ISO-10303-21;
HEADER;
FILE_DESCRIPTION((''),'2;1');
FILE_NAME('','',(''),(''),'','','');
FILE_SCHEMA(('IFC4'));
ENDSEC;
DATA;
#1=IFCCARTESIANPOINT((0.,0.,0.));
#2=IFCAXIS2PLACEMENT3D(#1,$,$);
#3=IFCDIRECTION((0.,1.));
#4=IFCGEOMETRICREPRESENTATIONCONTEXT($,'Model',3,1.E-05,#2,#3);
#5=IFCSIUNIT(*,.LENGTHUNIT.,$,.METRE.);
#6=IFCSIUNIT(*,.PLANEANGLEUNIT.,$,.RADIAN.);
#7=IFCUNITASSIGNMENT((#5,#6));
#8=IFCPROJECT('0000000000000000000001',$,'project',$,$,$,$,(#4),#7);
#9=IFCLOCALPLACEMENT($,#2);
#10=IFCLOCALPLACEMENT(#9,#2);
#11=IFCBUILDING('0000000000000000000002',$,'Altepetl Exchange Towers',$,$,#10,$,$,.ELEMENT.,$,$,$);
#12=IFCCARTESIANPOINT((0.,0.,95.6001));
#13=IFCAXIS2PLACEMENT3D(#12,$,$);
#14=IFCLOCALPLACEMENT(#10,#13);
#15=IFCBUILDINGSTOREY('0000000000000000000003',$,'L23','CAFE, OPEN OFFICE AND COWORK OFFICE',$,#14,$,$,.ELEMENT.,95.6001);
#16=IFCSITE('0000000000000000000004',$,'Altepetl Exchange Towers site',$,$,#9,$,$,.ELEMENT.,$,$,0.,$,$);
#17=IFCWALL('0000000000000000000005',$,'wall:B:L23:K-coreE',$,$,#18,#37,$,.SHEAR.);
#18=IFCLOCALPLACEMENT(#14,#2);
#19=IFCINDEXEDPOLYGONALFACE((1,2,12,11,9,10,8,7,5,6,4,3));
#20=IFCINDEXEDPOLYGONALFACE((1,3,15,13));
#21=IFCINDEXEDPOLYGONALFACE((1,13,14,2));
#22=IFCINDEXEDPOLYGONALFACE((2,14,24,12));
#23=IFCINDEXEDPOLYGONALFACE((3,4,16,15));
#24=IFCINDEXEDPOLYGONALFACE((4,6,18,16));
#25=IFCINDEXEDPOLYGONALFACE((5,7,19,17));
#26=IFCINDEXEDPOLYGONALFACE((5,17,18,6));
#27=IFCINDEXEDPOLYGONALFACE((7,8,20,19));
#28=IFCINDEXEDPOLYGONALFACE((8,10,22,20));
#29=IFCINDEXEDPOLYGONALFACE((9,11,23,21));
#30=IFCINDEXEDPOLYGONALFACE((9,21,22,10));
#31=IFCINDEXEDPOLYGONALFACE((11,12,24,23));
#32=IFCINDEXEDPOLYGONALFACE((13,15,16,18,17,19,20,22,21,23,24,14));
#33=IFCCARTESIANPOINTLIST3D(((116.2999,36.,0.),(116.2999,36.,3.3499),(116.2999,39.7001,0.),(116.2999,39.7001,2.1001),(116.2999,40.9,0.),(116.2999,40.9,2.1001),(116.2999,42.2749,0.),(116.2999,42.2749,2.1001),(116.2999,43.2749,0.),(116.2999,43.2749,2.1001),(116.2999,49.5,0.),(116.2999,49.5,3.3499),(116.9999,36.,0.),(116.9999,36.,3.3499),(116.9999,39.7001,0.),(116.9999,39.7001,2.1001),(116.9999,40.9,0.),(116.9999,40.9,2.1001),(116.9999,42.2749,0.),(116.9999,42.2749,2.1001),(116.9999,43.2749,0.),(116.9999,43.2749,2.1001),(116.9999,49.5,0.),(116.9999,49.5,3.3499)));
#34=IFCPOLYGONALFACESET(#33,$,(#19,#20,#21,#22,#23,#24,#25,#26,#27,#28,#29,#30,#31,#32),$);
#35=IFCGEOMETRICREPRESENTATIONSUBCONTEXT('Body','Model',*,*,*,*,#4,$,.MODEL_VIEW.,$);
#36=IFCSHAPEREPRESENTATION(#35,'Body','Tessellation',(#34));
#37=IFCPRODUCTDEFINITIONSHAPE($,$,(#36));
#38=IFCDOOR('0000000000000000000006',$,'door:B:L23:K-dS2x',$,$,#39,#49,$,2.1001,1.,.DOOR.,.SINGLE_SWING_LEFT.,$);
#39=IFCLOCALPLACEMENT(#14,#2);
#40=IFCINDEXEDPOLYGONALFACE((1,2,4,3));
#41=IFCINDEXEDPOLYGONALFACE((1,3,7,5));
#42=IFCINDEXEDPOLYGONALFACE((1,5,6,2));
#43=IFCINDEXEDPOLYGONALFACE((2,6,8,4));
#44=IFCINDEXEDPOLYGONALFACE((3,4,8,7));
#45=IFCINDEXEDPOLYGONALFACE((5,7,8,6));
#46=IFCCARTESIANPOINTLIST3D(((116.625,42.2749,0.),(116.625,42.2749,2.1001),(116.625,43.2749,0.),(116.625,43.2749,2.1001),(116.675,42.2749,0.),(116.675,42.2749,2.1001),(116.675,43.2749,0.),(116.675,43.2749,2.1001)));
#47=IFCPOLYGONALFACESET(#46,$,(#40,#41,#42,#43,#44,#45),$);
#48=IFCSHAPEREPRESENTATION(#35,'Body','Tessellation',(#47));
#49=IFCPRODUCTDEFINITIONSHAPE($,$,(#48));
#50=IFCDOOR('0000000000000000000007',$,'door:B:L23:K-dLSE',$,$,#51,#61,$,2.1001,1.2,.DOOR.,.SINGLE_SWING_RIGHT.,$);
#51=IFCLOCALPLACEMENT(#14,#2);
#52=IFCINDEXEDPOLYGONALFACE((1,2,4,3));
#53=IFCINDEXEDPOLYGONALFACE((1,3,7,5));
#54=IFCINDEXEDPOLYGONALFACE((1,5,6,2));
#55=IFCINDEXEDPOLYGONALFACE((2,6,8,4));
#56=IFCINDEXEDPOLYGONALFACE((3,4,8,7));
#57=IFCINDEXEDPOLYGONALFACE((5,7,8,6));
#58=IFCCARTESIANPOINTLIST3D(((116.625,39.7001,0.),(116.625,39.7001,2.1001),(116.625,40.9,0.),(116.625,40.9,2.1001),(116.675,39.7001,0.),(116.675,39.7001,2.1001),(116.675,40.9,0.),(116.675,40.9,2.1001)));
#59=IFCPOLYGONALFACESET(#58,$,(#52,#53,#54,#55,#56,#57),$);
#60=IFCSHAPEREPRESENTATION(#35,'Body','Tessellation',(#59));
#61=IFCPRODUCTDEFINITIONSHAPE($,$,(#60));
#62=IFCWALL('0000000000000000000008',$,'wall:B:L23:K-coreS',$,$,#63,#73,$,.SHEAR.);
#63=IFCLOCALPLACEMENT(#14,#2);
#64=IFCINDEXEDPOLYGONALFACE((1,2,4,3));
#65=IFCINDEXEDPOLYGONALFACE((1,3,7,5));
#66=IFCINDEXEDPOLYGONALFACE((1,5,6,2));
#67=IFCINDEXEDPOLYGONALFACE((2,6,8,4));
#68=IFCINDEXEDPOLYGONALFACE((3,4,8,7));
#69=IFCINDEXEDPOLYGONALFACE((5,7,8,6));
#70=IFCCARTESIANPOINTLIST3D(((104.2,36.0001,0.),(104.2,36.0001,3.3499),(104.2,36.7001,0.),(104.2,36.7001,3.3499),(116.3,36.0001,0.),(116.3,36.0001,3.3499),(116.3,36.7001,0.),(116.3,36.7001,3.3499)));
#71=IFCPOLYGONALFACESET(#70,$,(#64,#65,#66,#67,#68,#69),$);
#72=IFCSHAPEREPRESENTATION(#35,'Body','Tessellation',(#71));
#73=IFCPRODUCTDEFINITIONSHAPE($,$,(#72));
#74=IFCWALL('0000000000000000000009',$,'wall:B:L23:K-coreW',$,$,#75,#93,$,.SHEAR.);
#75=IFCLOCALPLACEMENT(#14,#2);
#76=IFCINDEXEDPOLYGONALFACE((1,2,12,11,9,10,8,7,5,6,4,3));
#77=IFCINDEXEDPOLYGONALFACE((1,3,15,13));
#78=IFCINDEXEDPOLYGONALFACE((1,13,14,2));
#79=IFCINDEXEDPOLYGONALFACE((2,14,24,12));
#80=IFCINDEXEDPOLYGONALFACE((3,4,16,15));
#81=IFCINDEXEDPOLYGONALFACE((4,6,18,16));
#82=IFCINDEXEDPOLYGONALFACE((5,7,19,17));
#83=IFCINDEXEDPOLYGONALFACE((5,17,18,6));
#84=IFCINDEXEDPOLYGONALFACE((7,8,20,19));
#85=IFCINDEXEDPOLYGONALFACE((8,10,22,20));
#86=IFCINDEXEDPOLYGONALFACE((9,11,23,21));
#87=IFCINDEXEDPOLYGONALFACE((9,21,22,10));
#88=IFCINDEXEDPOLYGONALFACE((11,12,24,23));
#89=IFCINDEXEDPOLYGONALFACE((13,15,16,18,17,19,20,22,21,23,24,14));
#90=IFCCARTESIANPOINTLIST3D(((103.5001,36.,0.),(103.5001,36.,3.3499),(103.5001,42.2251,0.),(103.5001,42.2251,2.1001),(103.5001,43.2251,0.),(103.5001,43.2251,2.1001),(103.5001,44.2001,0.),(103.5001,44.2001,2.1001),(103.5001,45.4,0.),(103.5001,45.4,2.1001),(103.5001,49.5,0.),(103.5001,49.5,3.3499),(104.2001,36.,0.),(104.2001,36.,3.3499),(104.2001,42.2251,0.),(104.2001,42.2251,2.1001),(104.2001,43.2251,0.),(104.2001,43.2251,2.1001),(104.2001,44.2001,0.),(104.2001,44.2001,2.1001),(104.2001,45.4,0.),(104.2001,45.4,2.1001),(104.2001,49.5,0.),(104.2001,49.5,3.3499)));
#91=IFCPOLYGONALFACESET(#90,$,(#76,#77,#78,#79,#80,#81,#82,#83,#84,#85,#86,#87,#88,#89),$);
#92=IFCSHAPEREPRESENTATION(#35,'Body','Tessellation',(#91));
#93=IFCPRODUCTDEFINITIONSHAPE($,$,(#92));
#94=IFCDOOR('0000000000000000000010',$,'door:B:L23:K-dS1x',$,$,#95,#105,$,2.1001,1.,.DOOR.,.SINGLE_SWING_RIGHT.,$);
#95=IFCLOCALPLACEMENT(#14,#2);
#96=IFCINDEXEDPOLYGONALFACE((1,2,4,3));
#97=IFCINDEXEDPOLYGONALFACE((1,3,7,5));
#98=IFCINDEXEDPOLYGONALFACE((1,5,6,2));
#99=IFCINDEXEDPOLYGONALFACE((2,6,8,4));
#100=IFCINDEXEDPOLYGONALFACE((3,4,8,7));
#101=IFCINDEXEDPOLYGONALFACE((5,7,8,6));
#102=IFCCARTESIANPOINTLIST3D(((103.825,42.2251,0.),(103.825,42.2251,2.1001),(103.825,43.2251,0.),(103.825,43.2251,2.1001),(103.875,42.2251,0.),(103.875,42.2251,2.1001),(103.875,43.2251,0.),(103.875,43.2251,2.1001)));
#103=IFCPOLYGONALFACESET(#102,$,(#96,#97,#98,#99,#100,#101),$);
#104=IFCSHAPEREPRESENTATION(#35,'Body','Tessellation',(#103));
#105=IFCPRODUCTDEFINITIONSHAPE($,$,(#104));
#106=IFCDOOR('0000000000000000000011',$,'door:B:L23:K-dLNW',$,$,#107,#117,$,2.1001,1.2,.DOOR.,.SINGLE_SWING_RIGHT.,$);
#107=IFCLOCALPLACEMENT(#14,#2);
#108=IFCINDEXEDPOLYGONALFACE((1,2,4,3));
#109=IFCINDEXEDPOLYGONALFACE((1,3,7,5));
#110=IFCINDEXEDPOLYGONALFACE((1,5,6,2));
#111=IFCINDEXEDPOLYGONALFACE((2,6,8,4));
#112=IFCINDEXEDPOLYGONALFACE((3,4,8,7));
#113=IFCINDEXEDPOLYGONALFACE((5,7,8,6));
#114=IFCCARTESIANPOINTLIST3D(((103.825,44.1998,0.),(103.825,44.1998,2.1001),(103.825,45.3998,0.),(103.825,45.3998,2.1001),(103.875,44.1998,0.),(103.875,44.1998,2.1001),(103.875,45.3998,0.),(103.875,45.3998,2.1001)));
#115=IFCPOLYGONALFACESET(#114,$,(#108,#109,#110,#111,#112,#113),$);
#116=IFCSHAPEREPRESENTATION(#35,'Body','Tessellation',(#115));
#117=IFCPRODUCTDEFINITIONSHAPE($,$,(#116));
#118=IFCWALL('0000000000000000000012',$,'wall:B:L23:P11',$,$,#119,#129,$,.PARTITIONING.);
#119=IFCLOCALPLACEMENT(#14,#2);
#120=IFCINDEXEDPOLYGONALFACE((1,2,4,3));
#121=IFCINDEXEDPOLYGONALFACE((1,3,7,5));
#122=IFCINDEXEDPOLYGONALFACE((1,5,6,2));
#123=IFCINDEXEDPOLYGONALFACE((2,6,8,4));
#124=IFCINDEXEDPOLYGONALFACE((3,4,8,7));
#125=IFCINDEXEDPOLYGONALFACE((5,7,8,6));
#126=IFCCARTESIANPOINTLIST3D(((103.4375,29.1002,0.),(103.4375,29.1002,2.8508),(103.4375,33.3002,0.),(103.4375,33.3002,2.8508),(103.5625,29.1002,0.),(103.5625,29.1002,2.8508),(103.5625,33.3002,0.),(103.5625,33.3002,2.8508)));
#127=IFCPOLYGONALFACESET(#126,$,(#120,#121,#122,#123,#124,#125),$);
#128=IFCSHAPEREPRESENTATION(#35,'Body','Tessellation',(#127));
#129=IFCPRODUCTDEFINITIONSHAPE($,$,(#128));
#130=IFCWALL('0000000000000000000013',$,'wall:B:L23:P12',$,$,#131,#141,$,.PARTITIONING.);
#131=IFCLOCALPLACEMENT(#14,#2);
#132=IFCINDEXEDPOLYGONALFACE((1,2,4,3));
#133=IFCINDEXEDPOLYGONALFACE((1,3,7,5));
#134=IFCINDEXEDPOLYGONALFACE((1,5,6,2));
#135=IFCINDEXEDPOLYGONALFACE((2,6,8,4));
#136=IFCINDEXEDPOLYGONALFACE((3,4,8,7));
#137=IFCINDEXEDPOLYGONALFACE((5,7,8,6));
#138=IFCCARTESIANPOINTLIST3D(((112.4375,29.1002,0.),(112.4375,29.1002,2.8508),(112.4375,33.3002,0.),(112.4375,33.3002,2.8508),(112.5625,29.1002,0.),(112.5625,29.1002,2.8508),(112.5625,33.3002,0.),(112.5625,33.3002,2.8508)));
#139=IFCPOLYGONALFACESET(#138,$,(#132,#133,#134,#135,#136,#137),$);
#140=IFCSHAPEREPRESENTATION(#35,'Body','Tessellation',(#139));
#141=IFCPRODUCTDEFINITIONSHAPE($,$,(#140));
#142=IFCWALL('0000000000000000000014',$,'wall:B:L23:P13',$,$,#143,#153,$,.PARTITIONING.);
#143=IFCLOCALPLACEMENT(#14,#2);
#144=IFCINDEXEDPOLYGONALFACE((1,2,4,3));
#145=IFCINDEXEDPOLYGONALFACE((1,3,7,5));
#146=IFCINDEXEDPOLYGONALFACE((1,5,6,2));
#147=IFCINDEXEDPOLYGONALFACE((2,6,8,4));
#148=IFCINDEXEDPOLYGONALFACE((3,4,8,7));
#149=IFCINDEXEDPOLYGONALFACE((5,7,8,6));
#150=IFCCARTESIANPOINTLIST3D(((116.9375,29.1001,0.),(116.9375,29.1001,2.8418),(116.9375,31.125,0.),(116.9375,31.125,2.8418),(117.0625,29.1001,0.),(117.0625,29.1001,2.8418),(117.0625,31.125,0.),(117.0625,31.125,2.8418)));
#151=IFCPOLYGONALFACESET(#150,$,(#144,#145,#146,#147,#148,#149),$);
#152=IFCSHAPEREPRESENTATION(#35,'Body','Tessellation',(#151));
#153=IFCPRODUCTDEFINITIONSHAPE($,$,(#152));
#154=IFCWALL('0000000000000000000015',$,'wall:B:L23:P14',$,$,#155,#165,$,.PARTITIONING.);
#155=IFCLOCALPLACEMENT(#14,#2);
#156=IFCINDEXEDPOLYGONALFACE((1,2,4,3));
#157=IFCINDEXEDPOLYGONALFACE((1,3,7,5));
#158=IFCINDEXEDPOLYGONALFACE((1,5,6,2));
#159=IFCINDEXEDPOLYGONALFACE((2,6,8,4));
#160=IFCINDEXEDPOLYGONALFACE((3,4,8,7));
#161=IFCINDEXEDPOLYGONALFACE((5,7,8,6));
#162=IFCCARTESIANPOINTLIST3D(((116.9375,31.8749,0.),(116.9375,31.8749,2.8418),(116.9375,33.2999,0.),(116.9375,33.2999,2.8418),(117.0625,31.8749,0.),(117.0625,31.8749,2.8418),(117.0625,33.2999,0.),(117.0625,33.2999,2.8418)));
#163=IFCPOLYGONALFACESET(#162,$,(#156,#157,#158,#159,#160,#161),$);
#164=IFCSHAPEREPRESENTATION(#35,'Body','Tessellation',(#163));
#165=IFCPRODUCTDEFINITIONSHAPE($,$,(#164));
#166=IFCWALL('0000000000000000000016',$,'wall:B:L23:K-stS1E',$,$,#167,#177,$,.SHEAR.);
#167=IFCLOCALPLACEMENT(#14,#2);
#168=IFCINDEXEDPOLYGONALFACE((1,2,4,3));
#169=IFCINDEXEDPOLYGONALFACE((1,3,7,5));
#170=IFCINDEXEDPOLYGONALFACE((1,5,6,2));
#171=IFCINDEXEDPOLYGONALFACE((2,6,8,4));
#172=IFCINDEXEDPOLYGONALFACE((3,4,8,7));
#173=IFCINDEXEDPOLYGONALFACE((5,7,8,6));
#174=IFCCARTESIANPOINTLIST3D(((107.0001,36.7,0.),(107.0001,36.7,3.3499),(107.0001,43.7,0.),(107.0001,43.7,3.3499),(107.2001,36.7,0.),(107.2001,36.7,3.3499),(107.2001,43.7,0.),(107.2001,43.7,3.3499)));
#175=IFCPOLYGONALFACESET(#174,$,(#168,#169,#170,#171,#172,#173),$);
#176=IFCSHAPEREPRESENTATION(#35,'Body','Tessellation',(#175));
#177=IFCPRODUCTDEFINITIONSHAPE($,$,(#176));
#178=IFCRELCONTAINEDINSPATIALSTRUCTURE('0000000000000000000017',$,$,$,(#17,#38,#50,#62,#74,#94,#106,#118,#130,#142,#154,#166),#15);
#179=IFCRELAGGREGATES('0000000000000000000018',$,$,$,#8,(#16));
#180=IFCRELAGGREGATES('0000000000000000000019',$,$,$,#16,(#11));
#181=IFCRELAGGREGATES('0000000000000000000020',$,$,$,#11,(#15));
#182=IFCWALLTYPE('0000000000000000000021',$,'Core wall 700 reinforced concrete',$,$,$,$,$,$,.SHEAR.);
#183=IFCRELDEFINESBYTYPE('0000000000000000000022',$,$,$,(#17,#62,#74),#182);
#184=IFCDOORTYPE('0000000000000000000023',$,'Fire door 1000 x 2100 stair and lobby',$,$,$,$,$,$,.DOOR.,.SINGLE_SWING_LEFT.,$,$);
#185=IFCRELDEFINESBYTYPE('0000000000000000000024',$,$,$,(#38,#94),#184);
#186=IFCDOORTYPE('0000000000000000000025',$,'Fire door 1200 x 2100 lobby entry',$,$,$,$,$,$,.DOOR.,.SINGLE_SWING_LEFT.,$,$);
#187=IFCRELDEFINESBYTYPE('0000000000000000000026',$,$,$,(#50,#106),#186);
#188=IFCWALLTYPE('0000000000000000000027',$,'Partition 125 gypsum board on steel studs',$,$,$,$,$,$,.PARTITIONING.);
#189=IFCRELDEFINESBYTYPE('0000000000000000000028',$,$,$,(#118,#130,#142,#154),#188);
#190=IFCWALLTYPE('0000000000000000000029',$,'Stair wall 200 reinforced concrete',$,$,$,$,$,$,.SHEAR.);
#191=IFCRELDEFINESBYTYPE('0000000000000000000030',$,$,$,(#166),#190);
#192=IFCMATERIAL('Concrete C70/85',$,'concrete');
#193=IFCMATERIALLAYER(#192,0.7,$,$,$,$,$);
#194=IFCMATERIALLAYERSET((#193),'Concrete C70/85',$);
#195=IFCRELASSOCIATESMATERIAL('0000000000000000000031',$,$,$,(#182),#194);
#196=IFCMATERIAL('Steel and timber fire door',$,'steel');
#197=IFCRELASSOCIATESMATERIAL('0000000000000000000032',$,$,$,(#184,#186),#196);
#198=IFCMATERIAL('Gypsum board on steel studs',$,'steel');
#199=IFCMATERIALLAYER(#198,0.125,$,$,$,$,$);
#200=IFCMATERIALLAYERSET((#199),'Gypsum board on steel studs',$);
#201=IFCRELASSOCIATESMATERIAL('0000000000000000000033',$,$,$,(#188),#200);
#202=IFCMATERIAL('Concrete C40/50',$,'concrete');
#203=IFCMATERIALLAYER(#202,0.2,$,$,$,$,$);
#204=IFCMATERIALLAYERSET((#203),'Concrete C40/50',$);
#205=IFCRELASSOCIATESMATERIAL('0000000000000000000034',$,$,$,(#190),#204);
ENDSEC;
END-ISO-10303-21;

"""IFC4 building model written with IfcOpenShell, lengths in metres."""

from ifc_helpers import new_model, si_unit, direction, frame, frame_2d, origin, place, context, subcontext, project, spatial, rectangle, extrude, material, layer, layer_set, type_object, element, fill, save


model = new_model("IFC4")

# Units and contexts
model_context = context("Model", 3, precision=1e-05, world=origin(), true_north=direction((0.0, 1.0)))
body_context = subcontext(model_context, "Body", "Model", "MODEL_VIEW")
ifc_project = project(units=[si_unit("LENGTHUNIT", "METRE"), si_unit("PLANEANGLEUNIT", "RADIAN")], contexts=[model_context])

# Site, building, storey
site_placement = place(None, origin())
site = spatial("IfcSite", under=ifc_project, at=site_placement, Name="Altepetl Exchange Towers site", CompositionType="ELEMENT", RefElevation=0.0)
building_placement = place(site_placement, origin())
building = spatial("IfcBuilding", under=site, at=building_placement, Name="Altepetl Exchange Towers", CompositionType="ELEMENT")
storey_placement = place(building_placement, frame((0.0, 0.0, 95.6001)))
storey = spatial("IfcBuildingStorey", under=building, at=storey_placement, Name="L23", Description="CAFE, OPEN OFFICE AND COWORK OFFICE", CompositionType="ELEMENT", Elevation=95.6001)

# Shared definitions
ifc_material_1 = material(Name="Concrete C70/85", Category="concrete")

# Wall, openings, doors
ifc_layer_1 = layer(ifc_material_1, 0.7)
ifc_layer_set_1 = layer_set([ifc_layer_1], Name="Concrete C70/85")
wall_type_1 = type_object("IfcWallType", Name="Core wall 700 reinforced concrete", PredefinedType="SHEAR", material=ifc_layer_set_1)
wall_1_placement = place(storey_placement, frame((116.6499, 36.0, 0.0), z_axis=(0.0, 0.0, 1.0), x_axis=(0.0, 1.0, 0.0)))
wall_1 = element("IfcWall", 1, at=wall_1_placement, inside=storey, type_object=wall_type_1, Name="wall:B:L23:K-coreE", PredefinedType="SHEAR", context=body_context, shape_type="SweptSolid", body=[
    extrude(rectangle(XDim=13.5, YDim=0.7, at=frame_2d((6.75, 0.0))), origin(), (0.0, 0.0, 1.0), 3.3499),
])
opening_1_placement = place(wall_1_placement, frame((3.7, 0.0, 0.0)))
opening_1 = element("IfcOpeningElement", 2, at=opening_1_placement, cuts=wall_1, PredefinedType="OPENING", context=body_context, shape_type="SweptSolid", body=[
    extrude(rectangle(XDim=1.2, YDim=2.1001, at=frame_2d((0.6001, 1.05))), frame((0.0, 0.3599, 0.0), z_axis=(0.0, -1.0, 0.0), x_axis=(1.0, 0.0, 0.0)), (0.0, 0.0, 1.0), 0.72),
])
opening_2_placement = place(wall_1_placement, frame((6.2749, 0.0, 0.0)))
opening_2 = element("IfcOpeningElement", 3, at=opening_2_placement, cuts=wall_1, PredefinedType="OPENING", context=body_context, shape_type="SweptSolid", body=[
    extrude(rectangle(XDim=1.0, YDim=2.1001, at=frame_2d((0.5, 1.05))), frame((0.0, 0.3599, 0.0), z_axis=(0.0, -1.0, 0.0), x_axis=(1.0, 0.0, 0.0)), (0.0, 0.0, 1.0), 0.72),
])
ifc_material_2 = material(Name="Steel and timber fire door", Category="steel")
door_type_1 = type_object("IfcDoorType", Name="Fire door 1000 x 2100 stair and lobby", OperationType="SINGLE_SWING_LEFT", PredefinedType="DOOR", material=ifc_material_2)
door_1_placement = place(opening_2_placement, origin())
door_1 = element("IfcDoor", 4, at=door_1_placement, inside=storey, type_object=door_type_1, Name="door:B:L23:K-dS2x", OperationType="SINGLE_SWING_LEFT", OverallHeight=2.1001, OverallWidth=1.0, PredefinedType="DOOR", context=body_context, shape_type="SweptSolid", body=[
    extrude(rectangle(XDim=1.0, YDim=2.1001, at=frame_2d((0.5, 1.05))), frame((0.0, 0.0249, 0.0), z_axis=(0.0, -1.0, 0.0), x_axis=(1.0, 0.0, 0.0)), (0.0, 0.0, 1.0), 0.05),
])
fill(opening_2, door_1)
door_type_2 = type_object("IfcDoorType", Name="Fire door 1200 x 2100 lobby entry", OperationType="SINGLE_SWING_LEFT", PredefinedType="DOOR", material=ifc_material_2)
door_2_placement = place(opening_1_placement, origin())
door_2 = element("IfcDoor", 5, at=door_2_placement, inside=storey, type_object=door_type_2, Name="door:B:L23:K-dLSE", OperationType="SINGLE_SWING_RIGHT", OverallHeight=2.1001, OverallWidth=1.2, PredefinedType="DOOR", context=body_context, shape_type="SweptSolid", body=[
    extrude(rectangle(XDim=1.2, YDim=2.1001, at=frame_2d((0.6001, 1.05))), frame((0.0, 0.0249, 0.0), z_axis=(0.0, -1.0, 0.0), x_axis=(1.0, 0.0, 0.0)), (0.0, 0.0, 1.0), 0.05),
])
fill(opening_1, door_2)

# Wall
wall_2_placement = place(storey_placement, frame((104.2, 36.3501, 0.0)))
element("IfcWall", 6, at=wall_2_placement, inside=storey, type_object=wall_type_1, Name="wall:B:L23:K-coreS", PredefinedType="SHEAR", context=body_context, shape_type="SweptSolid", body=[
    extrude(rectangle(XDim=12.1001, YDim=0.7, at=frame_2d((6.05, 0.0))), origin(), (0.0, 0.0, 1.0), 3.3499),
])

# Wall, openings, doors
wall_3_placement = place(storey_placement, frame((103.8501, 36.0, 0.0), z_axis=(0.0, 0.0, 1.0), x_axis=(0.0, 1.0, 0.0)))
wall_3 = element("IfcWall", 7, at=wall_3_placement, inside=storey, type_object=wall_type_1, Name="wall:B:L23:K-coreW", PredefinedType="SHEAR", context=body_context, shape_type="SweptSolid", body=[
    extrude(rectangle(XDim=13.5, YDim=0.7, at=frame_2d((6.75, 0.0))), origin(), (0.0, 0.0, 1.0), 3.3499),
])
opening_3_placement = place(wall_3_placement, frame((8.2, 0.0, 0.0)))
opening_3 = element("IfcOpeningElement", 8, at=opening_3_placement, cuts=wall_3, PredefinedType="OPENING", context=body_context, shape_type="SweptSolid", body=[
    extrude(rectangle(XDim=1.2, YDim=2.1001, at=frame_2d((0.6001, 1.05))), frame((0.0, 0.3599, 0.0), z_axis=(0.0, -1.0, 0.0), x_axis=(1.0, 0.0, 0.0)), (0.0, 0.0, 1.0), 0.72),
])
opening_4_placement = place(wall_3_placement, frame((6.2251, 0.0, 0.0)))
opening_4 = element("IfcOpeningElement", 9, at=opening_4_placement, cuts=wall_3, PredefinedType="OPENING", context=body_context, shape_type="SweptSolid", body=[
    extrude(rectangle(XDim=1.0, YDim=2.1001, at=frame_2d((0.5, 1.05))), frame((0.0, 0.3599, 0.0), z_axis=(0.0, -1.0, 0.0), x_axis=(1.0, 0.0, 0.0)), (0.0, 0.0, 1.0), 0.72),
])
door_3_placement = place(opening_4_placement, frame((1.0, 0.0, 0.0), x_axis=(-1.0, 0.0, 0.0)))
door_3 = element("IfcDoor", 10, at=door_3_placement, inside=storey, type_object=door_type_1, Name="door:B:L23:K-dS1x", OperationType="SINGLE_SWING_RIGHT", OverallHeight=2.1001, OverallWidth=1.0, PredefinedType="DOOR", context=body_context, shape_type="SweptSolid", body=[
    extrude(rectangle(XDim=1.0, YDim=2.1001, at=frame_2d((0.5, 1.05))), frame((0.0, 0.0249, 0.0), z_axis=(0.0, -1.0, 0.0), x_axis=(1.0, 0.0, 0.0)), (0.0, 0.0, 1.0), 0.05),
])
fill(opening_4, door_3)
door_4_placement = place(opening_3_placement, frame((1.2, 0.0, 0.0), x_axis=(-1.0, 0.0, 0.0)))
door_4 = element("IfcDoor", 11, at=door_4_placement, inside=storey, type_object=door_type_2, Name="door:B:L23:K-dLNW", OperationType="SINGLE_SWING_RIGHT", OverallHeight=2.1001, OverallWidth=1.2, PredefinedType="DOOR", context=body_context, shape_type="SweptSolid", body=[
    extrude(rectangle(XDim=1.2, YDim=2.1001, at=frame_2d((0.6001, 1.05))), frame((0.0, 0.0249, 0.0), z_axis=(0.0, -1.0, 0.0), x_axis=(1.0, 0.0, 0.0)), (0.0, 0.0, 1.0), 0.05),
])
fill(opening_3, door_4)

# Walls
ifc_material_3 = material(Name="Gypsum board on steel studs", Category="steel")
ifc_layer_2 = layer(ifc_material_3, 0.125)
ifc_layer_set_2 = layer_set([ifc_layer_2], Name="Gypsum board on steel studs")
wall_type_2 = type_object("IfcWallType", Name="Partition 125 gypsum board on steel studs", PredefinedType="PARTITIONING", material=ifc_layer_set_2)
for number, where, z_axis, x_axis, name in (
    (12, (103.5, 29.1001, 0.0), (0.0, 0.0, 1.0), (0.0, 1.0, 0.0), "wall:B:L23:P11"),
    (13, (112.5, 29.1001, 0.0), (0.0, 0.0, 1.0), (0.0, 1.0, 0.0), "wall:B:L23:P12"),
):
    element("IfcWall", number, at=place(storey_placement, frame(where, z_axis=z_axis, x_axis=x_axis)), inside=storey, type_object=wall_type_2, Name=name, PredefinedType="PARTITIONING", context=body_context, shape_type="SweptSolid", body=[
        extrude(rectangle(XDim=4.2, YDim=0.125, at=frame_2d((2.1001, 0.0))), origin(), (0.0, 0.0, 1.0), 2.8508),
    ])
wall_4_placement = place(storey_placement, frame((117.0, 29.1001, 0.0), z_axis=(0.0, 0.0, 1.0), x_axis=(0.0, 1.0, 0.0)))
element("IfcWall", 14, at=wall_4_placement, inside=storey, type_object=wall_type_2, Name="wall:B:L23:P13", PredefinedType="PARTITIONING", context=body_context, shape_type="SweptSolid", body=[
    extrude(rectangle(XDim=2.0249, YDim=0.125, at=frame_2d((1.0125, 0.0))), origin(), (0.0, 0.0, 1.0), 2.8418),
])
wall_5_placement = place(storey_placement, frame((117.0, 31.875, 0.0), z_axis=(0.0, 0.0, 1.0), x_axis=(0.0, 1.0, 0.0)))
element("IfcWall", 15, at=wall_5_placement, inside=storey, type_object=wall_type_2, Name="wall:B:L23:P14", PredefinedType="PARTITIONING", context=body_context, shape_type="SweptSolid", body=[
    extrude(rectangle(XDim=1.425, YDim=0.125, at=frame_2d((0.7124, 0.0))), origin(), (0.0, 0.0, 1.0), 2.8418),
])
ifc_material_4 = material(Name="Concrete C40/50", Category="concrete")
ifc_layer_3 = layer(ifc_material_4, 0.2)
ifc_layer_set_3 = layer_set([ifc_layer_3], Name="Concrete C40/50")
wall_type_3 = type_object("IfcWallType", Name="Stair wall 200 reinforced concrete", PredefinedType="SHEAR", material=ifc_layer_set_3)
wall_6_placement = place(storey_placement, frame((107.1001, 36.7, 0.0), z_axis=(0.0, 0.0, 1.0), x_axis=(0.0, 1.0, 0.0)))
element("IfcWall", 16, at=wall_6_placement, inside=storey, type_object=wall_type_3, Name="wall:B:L23:K-stS1E", PredefinedType="SHEAR", context=body_context, shape_type="SweptSolid", body=[
    extrude(rectangle(XDim=7.0, YDim=0.2, at=frame_2d((3.5, 0.0))), origin(), (0.0, 0.0, 1.0), 3.3499),
])

save(model, "model.ifc")
